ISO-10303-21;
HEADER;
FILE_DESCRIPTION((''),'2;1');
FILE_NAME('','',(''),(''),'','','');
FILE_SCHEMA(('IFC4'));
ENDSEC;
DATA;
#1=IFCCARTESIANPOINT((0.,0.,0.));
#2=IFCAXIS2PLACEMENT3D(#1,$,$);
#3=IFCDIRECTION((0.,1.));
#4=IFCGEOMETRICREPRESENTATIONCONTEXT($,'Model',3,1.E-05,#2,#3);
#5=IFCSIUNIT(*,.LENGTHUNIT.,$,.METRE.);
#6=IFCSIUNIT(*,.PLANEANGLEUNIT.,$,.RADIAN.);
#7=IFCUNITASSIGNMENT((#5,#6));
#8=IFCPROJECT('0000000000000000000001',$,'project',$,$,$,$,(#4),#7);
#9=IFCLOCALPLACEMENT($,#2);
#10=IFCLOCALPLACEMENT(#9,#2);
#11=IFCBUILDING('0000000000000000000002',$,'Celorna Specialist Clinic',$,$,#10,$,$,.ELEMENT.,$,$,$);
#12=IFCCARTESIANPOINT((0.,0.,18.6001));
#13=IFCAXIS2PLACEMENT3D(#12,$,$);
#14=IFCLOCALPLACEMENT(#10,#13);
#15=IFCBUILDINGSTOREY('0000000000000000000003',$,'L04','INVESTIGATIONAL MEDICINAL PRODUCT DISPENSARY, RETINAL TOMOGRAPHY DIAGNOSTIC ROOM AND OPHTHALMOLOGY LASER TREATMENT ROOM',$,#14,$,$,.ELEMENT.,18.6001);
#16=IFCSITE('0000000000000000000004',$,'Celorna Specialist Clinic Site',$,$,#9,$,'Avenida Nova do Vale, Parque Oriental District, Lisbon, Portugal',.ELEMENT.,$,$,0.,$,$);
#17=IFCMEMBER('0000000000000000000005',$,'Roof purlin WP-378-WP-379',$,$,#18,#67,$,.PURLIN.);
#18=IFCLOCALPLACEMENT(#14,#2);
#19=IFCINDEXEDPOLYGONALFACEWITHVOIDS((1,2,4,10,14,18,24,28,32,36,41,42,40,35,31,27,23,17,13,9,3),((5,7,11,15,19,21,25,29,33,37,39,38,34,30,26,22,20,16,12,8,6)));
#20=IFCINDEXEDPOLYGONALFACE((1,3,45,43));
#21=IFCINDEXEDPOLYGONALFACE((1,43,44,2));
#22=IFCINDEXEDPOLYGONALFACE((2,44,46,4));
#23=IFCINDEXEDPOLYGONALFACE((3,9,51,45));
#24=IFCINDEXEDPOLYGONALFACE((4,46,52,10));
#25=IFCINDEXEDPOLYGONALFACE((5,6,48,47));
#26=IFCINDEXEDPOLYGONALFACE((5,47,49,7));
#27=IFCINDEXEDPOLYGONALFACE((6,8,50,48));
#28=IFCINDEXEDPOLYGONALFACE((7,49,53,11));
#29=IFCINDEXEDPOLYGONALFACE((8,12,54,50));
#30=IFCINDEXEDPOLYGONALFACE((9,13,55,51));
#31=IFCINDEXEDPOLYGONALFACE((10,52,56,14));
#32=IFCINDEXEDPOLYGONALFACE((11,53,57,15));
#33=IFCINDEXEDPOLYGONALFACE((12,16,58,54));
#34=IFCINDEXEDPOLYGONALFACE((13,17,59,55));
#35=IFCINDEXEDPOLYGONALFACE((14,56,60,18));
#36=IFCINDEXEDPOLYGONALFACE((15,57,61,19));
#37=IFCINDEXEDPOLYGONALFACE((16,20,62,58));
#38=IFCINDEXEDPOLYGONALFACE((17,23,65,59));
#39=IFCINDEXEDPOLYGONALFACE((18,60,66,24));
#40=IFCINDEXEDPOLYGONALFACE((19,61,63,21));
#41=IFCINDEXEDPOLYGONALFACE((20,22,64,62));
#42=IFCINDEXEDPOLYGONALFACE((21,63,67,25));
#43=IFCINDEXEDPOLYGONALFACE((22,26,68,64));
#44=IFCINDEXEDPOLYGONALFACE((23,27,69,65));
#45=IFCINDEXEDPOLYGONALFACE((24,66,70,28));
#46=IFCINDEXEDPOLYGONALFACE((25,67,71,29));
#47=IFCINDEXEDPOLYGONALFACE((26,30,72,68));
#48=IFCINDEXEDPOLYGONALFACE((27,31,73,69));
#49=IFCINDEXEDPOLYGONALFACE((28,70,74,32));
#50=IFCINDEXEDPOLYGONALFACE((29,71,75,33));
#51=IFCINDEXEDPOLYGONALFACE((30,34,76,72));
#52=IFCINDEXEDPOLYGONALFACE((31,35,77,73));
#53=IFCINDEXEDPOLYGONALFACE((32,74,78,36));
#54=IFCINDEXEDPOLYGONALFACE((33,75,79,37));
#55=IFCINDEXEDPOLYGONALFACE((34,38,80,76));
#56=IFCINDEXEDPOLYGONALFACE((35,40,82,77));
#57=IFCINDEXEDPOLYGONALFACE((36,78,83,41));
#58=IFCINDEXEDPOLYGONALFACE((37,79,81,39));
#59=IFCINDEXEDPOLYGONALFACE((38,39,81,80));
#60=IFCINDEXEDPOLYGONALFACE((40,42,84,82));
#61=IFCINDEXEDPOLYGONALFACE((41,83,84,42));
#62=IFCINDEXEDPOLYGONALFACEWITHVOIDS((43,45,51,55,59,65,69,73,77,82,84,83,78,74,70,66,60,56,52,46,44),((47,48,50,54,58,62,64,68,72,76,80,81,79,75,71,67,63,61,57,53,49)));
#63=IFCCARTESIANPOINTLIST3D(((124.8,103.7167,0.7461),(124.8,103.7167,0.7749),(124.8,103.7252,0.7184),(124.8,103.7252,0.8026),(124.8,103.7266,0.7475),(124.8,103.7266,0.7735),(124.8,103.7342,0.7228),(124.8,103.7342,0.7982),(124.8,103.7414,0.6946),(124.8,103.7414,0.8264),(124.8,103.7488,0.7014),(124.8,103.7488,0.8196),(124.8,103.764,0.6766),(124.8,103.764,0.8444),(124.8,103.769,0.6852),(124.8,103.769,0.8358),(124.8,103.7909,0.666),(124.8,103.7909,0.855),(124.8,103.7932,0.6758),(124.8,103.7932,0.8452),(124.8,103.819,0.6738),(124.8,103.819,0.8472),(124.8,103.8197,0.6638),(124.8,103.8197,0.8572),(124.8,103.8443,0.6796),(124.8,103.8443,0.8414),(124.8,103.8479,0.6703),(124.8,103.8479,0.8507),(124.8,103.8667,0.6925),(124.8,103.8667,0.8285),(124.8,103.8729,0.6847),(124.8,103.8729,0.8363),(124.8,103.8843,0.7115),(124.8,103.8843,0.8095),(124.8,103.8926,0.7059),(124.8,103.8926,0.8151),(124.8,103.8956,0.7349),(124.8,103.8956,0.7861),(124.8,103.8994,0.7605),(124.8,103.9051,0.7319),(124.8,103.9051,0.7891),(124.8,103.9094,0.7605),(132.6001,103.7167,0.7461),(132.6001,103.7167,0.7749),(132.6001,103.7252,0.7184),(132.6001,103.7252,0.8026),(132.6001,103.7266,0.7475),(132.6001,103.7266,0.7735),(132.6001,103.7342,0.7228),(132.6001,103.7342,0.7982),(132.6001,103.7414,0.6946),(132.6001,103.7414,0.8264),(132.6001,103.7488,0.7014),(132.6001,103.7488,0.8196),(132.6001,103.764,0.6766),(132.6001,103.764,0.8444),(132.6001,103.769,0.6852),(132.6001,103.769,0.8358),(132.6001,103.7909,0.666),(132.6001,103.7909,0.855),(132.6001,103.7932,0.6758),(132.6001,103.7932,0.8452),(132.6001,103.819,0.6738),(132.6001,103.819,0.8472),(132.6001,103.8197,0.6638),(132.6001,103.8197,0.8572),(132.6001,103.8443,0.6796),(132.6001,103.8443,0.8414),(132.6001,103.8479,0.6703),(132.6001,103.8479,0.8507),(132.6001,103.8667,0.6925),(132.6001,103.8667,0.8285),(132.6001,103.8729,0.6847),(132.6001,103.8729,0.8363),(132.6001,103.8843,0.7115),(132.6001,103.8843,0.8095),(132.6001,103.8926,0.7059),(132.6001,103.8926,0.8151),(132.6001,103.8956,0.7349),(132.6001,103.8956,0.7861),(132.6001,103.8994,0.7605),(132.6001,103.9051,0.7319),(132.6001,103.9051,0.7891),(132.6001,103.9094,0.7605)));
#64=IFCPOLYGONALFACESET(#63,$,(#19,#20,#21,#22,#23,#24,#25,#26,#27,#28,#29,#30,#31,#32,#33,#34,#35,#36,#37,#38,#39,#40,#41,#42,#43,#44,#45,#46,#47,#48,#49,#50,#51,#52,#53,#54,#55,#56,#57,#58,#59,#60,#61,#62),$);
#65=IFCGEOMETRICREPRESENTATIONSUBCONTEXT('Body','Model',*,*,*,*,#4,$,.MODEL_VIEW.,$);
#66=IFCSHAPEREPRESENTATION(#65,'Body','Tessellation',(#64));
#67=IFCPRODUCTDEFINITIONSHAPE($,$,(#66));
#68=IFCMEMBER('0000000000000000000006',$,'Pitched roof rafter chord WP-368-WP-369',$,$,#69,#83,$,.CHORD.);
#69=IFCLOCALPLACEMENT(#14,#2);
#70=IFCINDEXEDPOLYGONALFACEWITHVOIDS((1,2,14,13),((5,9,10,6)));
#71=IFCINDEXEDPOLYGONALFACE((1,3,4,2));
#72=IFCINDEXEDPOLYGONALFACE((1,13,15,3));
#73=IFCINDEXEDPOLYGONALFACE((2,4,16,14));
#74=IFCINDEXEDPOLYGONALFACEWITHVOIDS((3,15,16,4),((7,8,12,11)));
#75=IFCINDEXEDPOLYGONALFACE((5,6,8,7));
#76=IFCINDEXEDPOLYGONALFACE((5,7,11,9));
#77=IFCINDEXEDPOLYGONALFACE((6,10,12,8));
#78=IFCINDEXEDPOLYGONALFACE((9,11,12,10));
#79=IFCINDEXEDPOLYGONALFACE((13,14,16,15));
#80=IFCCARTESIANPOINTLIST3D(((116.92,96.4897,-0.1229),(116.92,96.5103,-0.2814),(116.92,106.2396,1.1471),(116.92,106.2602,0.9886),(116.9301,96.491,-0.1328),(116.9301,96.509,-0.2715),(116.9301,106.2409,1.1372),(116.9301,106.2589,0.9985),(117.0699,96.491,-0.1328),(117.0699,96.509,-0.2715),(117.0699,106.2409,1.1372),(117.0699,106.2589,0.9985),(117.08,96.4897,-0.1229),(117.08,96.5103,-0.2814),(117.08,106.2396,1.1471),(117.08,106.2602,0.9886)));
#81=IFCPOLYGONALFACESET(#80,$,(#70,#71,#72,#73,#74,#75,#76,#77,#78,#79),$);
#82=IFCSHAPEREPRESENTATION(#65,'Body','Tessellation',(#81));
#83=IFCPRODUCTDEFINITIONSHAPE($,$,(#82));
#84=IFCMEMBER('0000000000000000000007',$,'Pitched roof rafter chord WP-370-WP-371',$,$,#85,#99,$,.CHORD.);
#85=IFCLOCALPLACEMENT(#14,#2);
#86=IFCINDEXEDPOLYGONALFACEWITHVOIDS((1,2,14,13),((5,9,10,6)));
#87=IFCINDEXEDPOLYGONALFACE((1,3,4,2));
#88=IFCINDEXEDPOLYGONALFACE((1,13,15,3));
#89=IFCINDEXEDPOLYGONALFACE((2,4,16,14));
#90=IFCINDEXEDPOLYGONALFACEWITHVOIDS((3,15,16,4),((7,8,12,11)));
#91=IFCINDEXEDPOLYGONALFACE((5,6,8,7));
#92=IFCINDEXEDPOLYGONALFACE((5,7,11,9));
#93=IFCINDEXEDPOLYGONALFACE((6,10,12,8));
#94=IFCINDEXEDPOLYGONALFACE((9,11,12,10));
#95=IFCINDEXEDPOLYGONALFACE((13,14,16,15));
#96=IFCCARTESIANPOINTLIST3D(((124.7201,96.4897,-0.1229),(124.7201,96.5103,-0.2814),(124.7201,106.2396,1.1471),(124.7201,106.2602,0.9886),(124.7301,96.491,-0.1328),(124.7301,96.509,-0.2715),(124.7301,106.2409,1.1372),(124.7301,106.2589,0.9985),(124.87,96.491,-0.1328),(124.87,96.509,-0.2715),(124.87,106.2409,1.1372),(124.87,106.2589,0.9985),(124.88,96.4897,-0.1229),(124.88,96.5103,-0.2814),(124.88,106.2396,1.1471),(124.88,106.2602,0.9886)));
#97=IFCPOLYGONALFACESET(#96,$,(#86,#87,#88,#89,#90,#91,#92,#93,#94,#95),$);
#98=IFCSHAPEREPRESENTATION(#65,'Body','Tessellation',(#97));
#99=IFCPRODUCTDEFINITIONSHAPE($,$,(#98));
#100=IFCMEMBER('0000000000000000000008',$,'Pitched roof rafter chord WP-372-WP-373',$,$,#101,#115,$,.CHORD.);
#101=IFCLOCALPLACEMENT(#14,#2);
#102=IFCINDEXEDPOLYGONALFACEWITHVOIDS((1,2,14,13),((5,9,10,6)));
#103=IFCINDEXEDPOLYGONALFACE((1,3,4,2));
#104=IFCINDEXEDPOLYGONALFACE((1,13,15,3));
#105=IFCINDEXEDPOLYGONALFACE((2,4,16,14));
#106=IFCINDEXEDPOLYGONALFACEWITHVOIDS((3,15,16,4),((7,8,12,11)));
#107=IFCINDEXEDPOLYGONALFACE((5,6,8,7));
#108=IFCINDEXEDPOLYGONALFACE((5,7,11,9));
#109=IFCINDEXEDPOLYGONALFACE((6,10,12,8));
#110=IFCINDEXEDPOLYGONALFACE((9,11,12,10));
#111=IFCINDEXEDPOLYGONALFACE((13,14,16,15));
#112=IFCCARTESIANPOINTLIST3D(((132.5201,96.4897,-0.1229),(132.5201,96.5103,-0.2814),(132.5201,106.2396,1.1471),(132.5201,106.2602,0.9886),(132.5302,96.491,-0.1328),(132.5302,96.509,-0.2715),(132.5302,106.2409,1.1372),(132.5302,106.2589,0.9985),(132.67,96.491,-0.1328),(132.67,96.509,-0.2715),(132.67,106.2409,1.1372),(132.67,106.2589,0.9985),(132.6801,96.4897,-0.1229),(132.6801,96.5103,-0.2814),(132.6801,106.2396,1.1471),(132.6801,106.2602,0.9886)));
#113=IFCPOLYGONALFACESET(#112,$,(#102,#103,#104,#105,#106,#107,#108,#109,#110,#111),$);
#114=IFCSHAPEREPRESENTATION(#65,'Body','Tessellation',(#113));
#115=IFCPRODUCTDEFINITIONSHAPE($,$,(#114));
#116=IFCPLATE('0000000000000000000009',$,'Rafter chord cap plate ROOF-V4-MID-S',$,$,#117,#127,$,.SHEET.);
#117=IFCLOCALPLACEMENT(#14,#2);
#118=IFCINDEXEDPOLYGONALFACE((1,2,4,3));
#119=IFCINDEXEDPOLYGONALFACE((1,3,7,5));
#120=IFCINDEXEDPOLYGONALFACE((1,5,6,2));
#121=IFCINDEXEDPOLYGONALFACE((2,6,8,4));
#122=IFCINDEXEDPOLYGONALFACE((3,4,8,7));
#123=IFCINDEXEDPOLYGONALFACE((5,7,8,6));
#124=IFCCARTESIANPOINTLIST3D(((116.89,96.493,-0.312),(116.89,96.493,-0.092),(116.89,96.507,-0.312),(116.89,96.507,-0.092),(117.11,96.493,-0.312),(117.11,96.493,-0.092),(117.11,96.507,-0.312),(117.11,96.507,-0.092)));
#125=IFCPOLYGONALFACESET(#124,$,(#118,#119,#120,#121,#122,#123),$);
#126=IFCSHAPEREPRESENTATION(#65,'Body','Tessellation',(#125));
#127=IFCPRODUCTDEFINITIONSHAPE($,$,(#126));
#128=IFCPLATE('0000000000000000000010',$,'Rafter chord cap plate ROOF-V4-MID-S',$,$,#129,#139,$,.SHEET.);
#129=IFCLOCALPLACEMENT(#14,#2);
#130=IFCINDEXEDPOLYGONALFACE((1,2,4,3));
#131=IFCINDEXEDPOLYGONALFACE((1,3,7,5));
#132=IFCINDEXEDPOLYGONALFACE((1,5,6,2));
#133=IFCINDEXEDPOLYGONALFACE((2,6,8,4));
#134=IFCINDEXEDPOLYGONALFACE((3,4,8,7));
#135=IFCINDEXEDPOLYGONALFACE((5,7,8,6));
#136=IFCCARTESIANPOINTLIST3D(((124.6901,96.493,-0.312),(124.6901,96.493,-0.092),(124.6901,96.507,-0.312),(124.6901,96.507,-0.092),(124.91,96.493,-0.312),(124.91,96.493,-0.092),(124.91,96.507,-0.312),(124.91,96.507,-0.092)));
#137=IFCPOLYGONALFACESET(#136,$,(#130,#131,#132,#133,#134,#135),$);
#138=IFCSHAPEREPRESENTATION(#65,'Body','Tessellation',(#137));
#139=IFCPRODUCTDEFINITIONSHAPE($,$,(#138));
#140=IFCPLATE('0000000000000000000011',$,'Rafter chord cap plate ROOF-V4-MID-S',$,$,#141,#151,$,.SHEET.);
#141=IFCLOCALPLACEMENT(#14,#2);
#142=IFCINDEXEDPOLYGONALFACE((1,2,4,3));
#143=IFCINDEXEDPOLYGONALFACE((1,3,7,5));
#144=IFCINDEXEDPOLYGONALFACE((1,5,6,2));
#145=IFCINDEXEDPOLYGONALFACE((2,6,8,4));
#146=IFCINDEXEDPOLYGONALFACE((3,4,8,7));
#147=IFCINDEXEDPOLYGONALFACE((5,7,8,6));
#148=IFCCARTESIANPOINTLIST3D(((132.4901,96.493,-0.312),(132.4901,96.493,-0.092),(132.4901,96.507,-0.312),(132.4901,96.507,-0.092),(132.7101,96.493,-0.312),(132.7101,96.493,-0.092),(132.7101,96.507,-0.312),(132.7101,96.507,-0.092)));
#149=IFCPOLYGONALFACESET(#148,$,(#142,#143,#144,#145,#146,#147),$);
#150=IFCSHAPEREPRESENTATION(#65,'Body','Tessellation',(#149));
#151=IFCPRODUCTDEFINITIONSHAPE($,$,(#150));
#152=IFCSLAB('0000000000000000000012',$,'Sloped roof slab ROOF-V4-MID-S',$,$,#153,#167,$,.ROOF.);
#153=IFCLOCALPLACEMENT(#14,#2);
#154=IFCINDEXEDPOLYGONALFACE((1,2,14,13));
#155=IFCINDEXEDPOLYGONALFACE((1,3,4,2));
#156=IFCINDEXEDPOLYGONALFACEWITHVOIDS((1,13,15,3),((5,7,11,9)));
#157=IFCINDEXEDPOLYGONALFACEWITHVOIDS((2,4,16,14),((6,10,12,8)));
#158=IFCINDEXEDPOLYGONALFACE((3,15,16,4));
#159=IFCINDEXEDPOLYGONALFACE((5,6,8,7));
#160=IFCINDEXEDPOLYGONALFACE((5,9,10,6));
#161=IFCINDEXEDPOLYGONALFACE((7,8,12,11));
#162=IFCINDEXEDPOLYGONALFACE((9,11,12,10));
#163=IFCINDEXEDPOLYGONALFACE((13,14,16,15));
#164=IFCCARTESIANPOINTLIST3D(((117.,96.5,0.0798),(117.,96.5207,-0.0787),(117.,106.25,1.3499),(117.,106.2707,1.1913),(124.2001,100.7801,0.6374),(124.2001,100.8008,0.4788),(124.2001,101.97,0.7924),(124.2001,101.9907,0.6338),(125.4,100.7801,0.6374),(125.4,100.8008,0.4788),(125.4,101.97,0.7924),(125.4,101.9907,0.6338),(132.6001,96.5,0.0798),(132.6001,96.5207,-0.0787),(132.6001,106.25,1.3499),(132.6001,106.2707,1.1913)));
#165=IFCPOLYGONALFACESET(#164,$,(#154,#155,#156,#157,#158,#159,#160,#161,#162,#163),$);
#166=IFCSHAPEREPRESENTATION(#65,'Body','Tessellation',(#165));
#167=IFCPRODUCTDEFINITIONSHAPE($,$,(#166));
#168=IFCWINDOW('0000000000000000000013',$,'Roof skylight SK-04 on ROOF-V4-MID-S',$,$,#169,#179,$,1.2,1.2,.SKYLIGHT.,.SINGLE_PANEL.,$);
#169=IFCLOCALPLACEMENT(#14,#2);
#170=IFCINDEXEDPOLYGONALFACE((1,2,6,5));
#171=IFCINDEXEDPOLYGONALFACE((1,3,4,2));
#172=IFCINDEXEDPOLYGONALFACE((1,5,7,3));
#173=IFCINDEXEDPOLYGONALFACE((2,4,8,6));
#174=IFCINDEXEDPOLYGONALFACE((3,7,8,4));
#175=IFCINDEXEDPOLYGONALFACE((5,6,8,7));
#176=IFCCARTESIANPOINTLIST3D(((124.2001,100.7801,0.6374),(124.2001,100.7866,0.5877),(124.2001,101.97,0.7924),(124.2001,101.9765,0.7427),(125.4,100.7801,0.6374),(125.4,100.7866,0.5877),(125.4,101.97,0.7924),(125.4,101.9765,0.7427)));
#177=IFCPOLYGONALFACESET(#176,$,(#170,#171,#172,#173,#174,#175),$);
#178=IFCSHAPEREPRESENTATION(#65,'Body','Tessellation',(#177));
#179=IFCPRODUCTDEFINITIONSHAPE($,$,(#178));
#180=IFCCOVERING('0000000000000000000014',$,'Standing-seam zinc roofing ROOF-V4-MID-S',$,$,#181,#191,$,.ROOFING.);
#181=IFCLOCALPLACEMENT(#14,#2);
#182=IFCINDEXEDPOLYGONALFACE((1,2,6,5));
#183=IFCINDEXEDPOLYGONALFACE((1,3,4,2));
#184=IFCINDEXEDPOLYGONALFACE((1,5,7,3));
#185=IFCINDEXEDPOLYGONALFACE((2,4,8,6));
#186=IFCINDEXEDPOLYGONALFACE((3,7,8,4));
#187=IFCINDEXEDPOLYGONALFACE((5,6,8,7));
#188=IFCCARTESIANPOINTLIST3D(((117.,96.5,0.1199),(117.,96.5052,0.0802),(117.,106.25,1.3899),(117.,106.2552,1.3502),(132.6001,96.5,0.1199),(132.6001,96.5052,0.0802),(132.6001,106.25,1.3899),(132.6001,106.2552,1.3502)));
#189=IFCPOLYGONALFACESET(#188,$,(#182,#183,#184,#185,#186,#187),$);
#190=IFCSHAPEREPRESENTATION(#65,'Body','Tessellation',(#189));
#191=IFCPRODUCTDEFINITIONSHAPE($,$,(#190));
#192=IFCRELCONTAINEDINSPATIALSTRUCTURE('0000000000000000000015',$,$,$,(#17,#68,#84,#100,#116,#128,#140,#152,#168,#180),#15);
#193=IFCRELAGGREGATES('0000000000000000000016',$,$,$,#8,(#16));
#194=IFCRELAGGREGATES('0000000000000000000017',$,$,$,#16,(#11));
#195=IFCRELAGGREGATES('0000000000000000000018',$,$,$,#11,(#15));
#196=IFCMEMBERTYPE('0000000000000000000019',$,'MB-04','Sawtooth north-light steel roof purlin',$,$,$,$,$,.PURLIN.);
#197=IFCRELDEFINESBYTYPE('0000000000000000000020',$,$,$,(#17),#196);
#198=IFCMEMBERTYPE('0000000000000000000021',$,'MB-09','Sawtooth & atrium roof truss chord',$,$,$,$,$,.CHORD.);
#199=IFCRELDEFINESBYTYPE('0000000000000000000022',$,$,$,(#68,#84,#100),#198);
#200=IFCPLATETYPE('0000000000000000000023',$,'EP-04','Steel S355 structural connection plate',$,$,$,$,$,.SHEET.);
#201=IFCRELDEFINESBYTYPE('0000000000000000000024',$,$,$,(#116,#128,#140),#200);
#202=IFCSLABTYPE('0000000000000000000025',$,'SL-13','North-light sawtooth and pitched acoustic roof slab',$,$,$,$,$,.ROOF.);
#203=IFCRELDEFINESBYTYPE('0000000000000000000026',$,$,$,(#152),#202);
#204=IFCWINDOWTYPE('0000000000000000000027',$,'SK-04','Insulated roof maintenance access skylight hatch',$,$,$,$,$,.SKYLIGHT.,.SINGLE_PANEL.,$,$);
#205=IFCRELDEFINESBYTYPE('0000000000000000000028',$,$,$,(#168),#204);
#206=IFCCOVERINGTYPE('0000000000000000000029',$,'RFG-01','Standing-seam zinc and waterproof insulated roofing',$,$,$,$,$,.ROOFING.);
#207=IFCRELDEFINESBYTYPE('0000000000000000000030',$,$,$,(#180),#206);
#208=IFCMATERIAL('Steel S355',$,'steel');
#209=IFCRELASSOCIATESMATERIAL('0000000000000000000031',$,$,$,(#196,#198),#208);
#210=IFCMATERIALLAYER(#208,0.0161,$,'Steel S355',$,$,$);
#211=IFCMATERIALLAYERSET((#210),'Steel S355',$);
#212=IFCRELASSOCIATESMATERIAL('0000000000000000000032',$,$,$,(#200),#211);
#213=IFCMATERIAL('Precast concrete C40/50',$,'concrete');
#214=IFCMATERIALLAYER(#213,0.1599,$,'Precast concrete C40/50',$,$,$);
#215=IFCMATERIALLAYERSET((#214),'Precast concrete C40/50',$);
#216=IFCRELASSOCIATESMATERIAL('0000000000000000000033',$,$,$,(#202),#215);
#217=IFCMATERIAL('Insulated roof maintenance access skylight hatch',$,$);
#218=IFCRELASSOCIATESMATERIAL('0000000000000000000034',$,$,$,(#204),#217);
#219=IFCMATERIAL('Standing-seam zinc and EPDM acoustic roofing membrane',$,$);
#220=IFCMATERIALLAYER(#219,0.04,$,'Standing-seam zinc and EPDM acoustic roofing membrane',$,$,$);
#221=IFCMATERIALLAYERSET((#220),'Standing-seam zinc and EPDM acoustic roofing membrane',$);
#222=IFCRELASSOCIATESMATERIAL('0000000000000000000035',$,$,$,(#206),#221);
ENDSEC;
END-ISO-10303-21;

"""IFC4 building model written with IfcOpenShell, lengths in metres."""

from ifc_helpers import new_model, si_unit, direction, frame, origin, origin_2d, place, context, subcontext, project, spatial, polyline, rectangle, hollow_rectangle, hollow_circle, outline, extrude, material, layer, layer_set, material_profile, profile_set, type_object, element, fill, save


model = new_model("IFC4")

# Units and contexts
model_context = context("Model", 3, precision=1e-05, world=origin(), true_north=direction((0.0, 1.0)))
body_context = subcontext(model_context, "Body", "Model", "MODEL_VIEW")
ifc_project = project(units=[si_unit("LENGTHUNIT", "METRE"), si_unit("PLANEANGLEUNIT", "RADIAN")], contexts=[model_context])

# Site, building, storey
site_placement = place(None, origin())
site = spatial("IfcSite", under=ifc_project, at=site_placement, Name="Celorna Specialist Clinic Site", LongName="Avenida Nova do Vale, Parque Oriental District, Lisbon, Portugal", CompositionType="ELEMENT", RefElevation=0.0)
building_placement = place(site_placement, origin())
building = spatial("IfcBuilding", under=site, at=building_placement, Name="Celorna Specialist Clinic", CompositionType="ELEMENT")
storey_placement = place(building_placement, frame((0.0, 0.0, 18.6001)))
storey = spatial("IfcBuildingStorey", under=building, at=storey_placement, Name="L04", Description="INVESTIGATIONAL MEDICINAL PRODUCT DISPENSARY, RETINAL TOMOGRAPHY DIAGNOSTIC ROOM AND OPHTHALMOLOGY LASER TREATMENT ROOM", CompositionType="ELEMENT", Elevation=18.6001)

# Shared definitions
ifc_material_1 = material(Name="Steel S355", Category="steel")

# Members
ifc_material_profile_1 = material_profile(ifc_material_1, hollow_circle(Radius=0.0969, WallThickness=0.01, at=origin_2d()), Name="CHS 193.7x10")
ifc_profile_set_1 = profile_set([ifc_material_profile_1], Name="Steel S355")
member_type_1 = type_object("IfcMemberType", Name="MB-04", Description="Sawtooth north-light steel roof purlin", PredefinedType="PURLIN", material=ifc_profile_set_1)
for number, where, z_axis, x_axis, name in (
    (1, (124.8, 103.8125, 0.7605), (1.0, 0.0, 0.0), (0.0, 1.0, 0.0), "Roof purlin WP-378-WP-379"),
):
    element("IfcMember", number, at=place(storey_placement, frame(where, z_axis=z_axis, x_axis=x_axis)), inside=storey, type_object=member_type_1, Name=name, PredefinedType="PURLIN", context=body_context, shape_type="SweptSolid", body=[
        extrude(hollow_circle(Radius=0.0969, WallThickness=0.01, at=origin_2d()), origin(), (0.0, 0.0, 1.0), 7.8),
    ])
ifc_material_profile_2 = material_profile(ifc_material_1, hollow_rectangle(XDim=0.1599, YDim=0.1599, WallThickness=0.01, at=origin_2d()), Name="SHS 160x160x10")
ifc_profile_set_2 = profile_set([ifc_material_profile_2], Name="Steel S355")
member_type_2 = type_object("IfcMemberType", Name="MB-09", Description="Sawtooth & atrium roof truss chord", PredefinedType="CHORD", material=ifc_profile_set_2)
for number, where, z_axis, x_axis, name in (
    (2, (117.0, 96.5, -0.2021), (0.0, 0.991623, 0.129167), (-1.0, 0.0, 0.0), "Pitched roof rafter chord WP-368-WP-369"),
    (3, (124.8, 96.5, -0.2021), (0.0, 0.991623, 0.129167), (-1.0, 0.0, 0.0), "Pitched roof rafter chord WP-370-WP-371"),
    (4, (132.6001, 96.5, -0.2021), (0.0, 0.991623, 0.129167), (-1.0, 0.0, 0.0), "Pitched roof rafter chord WP-372-WP-373"),
):
    element("IfcMember", number, at=place(storey_placement, frame(where, z_axis=z_axis, x_axis=x_axis)), inside=storey, type_object=member_type_2, Name=name, PredefinedType="CHORD", context=body_context, shape_type="SweptSolid", body=[
        extrude(hollow_rectangle(XDim=0.1599, YDim=0.1599, WallThickness=0.01, at=origin_2d()), origin(), (0.0, 0.0, 1.0), 9.8323),
    ])

# Plates
ifc_layer_1 = layer(ifc_material_1, 0.0161, Name="Steel S355")
ifc_layer_set_1 = layer_set([ifc_layer_1], Name="Steel S355")
plate_type = type_object("IfcPlateType", Name="EP-04", Description="Steel S355 structural connection plate", PredefinedType="SHEET", material=ifc_layer_set_1)
for number, where, z_axis, x_axis, name in (
    (5, (117.0, 96.5, -0.312), (0.0, 0.0, 1.0), (1.0, 0.0, 0.0), "Rafter chord cap plate ROOF-V4-MID-S"),
    (6, (124.8, 96.5, -0.312), (0.0, 0.0, 1.0), (1.0, 0.0, 0.0), "Rafter chord cap plate ROOF-V4-MID-S"),
    (7, (132.6001, 96.5, -0.312), (0.0, 0.0, 1.0), (1.0, 0.0, 0.0), "Rafter chord cap plate ROOF-V4-MID-S"),
):
    element("IfcPlate", number, at=place(storey_placement, frame(where, z_axis=z_axis, x_axis=x_axis)), inside=storey, type_object=plate_type, Name=name, PredefinedType="SHEET", context=body_context, shape_type="SweptSolid", body=[
        extrude(rectangle(XDim=0.22, YDim=0.0139, at=origin_2d()), origin(), (0.0, 0.0, 1.0), 0.22),
    ])

# Slab, opening, window
ifc_material_2 = material(Name="Precast concrete C40/50", Category="concrete")
ifc_layer_2 = layer(ifc_material_2, 0.1599, Name="Precast concrete C40/50")
ifc_layer_set_2 = layer_set([ifc_layer_2], Name="Precast concrete C40/50")
slab_type = type_object("IfcSlabType", Name="SL-13", Description="North-light sawtooth and pitched acoustic roof slab", PredefinedType="ROOF", material=ifc_layer_set_2)
slab_placement = place(storey_placement, frame((117.0, 96.5, 0.0798), z_axis=(0.0, -0.129167, 0.991623), x_axis=(1.0, 0.0, 0.0)))
slab = element("IfcSlab", 8, at=slab_placement, inside=storey, type_object=slab_type, Name="Sloped roof slab ROOF-V4-MID-S", PredefinedType="ROOF", context=body_context, shape_type="SweptSolid", body=[
    extrude(outline(polyline([(0.0, 0.0), (15.6001, 0.0), (15.6001, 9.8324), (0.0, 9.8324), (0.0, 0.0)])), origin(), (0.0, 0.0, -1.0), 0.1599),
])
opening_placement = place(slab_placement, frame((7.8, 4.9163, 0.01)))
opening = element("IfcOpeningElement", 9, at=opening_placement, cuts=slab, PredefinedType="OPENING", context=body_context, shape_type="SweptSolid", body=[
    extrude(rectangle(XDim=1.2, YDim=1.2, at=origin_2d()), origin(), (0.0, 0.0, -1.0), 0.1799),
])
ifc_material_3 = material(Name="Insulated roof maintenance access skylight hatch")
window_type = type_object("IfcWindowType", Name="SK-04", Description="Insulated roof maintenance access skylight hatch", PartitioningType="SINGLE_PANEL", PredefinedType="SKYLIGHT", material=ifc_material_3)
window_placement = place(opening_placement, frame((0.0, 0.0, -0.01)))
window = element("IfcWindow", 10, at=window_placement, inside=storey, type_object=window_type, Name="Roof skylight SK-04 on ROOF-V4-MID-S", OverallHeight=1.2, OverallWidth=1.2, PartitioningType="SINGLE_PANEL", PredefinedType="SKYLIGHT", context=body_context, shape_type="SweptSolid", body=[
    extrude(rectangle(XDim=1.2, YDim=1.2, at=origin_2d()), origin(), (0.0, 0.0, -1.0), 0.05),
])
fill(opening, window)

# Covering
ifc_material_4 = material(Name="Standing-seam zinc and EPDM acoustic roofing membrane")
ifc_layer_3 = layer(ifc_material_4, 0.04, Name="Standing-seam zinc and EPDM acoustic roofing membrane")
ifc_layer_set_3 = layer_set([ifc_layer_3], Name="Standing-seam zinc and EPDM acoustic roofing membrane")
covering_type = type_object("IfcCoveringType", Name="RFG-01", Description="Standing-seam zinc and waterproof insulated roofing", PredefinedType="ROOFING", material=ifc_layer_set_3)
covering_placement = place(storey_placement, frame((117.0, 96.5, 0.1199), z_axis=(0.0, -0.129167, 0.991623), x_axis=(1.0, 0.0, 0.0)))
element("IfcCovering", 11, at=covering_placement, inside=storey, type_object=covering_type, Name="Standing-seam zinc roofing ROOF-V4-MID-S", PredefinedType="ROOFING", context=body_context, shape_type="SweptSolid", body=[
    extrude(outline(polyline([(0.0, 0.0), (15.6001, 0.0), (15.6001, 9.8324), (0.0, 9.8324), (0.0, 0.0)])), origin(), (0.0, 0.0, -1.0), 0.04),
])

save(model, "model.ifc")
